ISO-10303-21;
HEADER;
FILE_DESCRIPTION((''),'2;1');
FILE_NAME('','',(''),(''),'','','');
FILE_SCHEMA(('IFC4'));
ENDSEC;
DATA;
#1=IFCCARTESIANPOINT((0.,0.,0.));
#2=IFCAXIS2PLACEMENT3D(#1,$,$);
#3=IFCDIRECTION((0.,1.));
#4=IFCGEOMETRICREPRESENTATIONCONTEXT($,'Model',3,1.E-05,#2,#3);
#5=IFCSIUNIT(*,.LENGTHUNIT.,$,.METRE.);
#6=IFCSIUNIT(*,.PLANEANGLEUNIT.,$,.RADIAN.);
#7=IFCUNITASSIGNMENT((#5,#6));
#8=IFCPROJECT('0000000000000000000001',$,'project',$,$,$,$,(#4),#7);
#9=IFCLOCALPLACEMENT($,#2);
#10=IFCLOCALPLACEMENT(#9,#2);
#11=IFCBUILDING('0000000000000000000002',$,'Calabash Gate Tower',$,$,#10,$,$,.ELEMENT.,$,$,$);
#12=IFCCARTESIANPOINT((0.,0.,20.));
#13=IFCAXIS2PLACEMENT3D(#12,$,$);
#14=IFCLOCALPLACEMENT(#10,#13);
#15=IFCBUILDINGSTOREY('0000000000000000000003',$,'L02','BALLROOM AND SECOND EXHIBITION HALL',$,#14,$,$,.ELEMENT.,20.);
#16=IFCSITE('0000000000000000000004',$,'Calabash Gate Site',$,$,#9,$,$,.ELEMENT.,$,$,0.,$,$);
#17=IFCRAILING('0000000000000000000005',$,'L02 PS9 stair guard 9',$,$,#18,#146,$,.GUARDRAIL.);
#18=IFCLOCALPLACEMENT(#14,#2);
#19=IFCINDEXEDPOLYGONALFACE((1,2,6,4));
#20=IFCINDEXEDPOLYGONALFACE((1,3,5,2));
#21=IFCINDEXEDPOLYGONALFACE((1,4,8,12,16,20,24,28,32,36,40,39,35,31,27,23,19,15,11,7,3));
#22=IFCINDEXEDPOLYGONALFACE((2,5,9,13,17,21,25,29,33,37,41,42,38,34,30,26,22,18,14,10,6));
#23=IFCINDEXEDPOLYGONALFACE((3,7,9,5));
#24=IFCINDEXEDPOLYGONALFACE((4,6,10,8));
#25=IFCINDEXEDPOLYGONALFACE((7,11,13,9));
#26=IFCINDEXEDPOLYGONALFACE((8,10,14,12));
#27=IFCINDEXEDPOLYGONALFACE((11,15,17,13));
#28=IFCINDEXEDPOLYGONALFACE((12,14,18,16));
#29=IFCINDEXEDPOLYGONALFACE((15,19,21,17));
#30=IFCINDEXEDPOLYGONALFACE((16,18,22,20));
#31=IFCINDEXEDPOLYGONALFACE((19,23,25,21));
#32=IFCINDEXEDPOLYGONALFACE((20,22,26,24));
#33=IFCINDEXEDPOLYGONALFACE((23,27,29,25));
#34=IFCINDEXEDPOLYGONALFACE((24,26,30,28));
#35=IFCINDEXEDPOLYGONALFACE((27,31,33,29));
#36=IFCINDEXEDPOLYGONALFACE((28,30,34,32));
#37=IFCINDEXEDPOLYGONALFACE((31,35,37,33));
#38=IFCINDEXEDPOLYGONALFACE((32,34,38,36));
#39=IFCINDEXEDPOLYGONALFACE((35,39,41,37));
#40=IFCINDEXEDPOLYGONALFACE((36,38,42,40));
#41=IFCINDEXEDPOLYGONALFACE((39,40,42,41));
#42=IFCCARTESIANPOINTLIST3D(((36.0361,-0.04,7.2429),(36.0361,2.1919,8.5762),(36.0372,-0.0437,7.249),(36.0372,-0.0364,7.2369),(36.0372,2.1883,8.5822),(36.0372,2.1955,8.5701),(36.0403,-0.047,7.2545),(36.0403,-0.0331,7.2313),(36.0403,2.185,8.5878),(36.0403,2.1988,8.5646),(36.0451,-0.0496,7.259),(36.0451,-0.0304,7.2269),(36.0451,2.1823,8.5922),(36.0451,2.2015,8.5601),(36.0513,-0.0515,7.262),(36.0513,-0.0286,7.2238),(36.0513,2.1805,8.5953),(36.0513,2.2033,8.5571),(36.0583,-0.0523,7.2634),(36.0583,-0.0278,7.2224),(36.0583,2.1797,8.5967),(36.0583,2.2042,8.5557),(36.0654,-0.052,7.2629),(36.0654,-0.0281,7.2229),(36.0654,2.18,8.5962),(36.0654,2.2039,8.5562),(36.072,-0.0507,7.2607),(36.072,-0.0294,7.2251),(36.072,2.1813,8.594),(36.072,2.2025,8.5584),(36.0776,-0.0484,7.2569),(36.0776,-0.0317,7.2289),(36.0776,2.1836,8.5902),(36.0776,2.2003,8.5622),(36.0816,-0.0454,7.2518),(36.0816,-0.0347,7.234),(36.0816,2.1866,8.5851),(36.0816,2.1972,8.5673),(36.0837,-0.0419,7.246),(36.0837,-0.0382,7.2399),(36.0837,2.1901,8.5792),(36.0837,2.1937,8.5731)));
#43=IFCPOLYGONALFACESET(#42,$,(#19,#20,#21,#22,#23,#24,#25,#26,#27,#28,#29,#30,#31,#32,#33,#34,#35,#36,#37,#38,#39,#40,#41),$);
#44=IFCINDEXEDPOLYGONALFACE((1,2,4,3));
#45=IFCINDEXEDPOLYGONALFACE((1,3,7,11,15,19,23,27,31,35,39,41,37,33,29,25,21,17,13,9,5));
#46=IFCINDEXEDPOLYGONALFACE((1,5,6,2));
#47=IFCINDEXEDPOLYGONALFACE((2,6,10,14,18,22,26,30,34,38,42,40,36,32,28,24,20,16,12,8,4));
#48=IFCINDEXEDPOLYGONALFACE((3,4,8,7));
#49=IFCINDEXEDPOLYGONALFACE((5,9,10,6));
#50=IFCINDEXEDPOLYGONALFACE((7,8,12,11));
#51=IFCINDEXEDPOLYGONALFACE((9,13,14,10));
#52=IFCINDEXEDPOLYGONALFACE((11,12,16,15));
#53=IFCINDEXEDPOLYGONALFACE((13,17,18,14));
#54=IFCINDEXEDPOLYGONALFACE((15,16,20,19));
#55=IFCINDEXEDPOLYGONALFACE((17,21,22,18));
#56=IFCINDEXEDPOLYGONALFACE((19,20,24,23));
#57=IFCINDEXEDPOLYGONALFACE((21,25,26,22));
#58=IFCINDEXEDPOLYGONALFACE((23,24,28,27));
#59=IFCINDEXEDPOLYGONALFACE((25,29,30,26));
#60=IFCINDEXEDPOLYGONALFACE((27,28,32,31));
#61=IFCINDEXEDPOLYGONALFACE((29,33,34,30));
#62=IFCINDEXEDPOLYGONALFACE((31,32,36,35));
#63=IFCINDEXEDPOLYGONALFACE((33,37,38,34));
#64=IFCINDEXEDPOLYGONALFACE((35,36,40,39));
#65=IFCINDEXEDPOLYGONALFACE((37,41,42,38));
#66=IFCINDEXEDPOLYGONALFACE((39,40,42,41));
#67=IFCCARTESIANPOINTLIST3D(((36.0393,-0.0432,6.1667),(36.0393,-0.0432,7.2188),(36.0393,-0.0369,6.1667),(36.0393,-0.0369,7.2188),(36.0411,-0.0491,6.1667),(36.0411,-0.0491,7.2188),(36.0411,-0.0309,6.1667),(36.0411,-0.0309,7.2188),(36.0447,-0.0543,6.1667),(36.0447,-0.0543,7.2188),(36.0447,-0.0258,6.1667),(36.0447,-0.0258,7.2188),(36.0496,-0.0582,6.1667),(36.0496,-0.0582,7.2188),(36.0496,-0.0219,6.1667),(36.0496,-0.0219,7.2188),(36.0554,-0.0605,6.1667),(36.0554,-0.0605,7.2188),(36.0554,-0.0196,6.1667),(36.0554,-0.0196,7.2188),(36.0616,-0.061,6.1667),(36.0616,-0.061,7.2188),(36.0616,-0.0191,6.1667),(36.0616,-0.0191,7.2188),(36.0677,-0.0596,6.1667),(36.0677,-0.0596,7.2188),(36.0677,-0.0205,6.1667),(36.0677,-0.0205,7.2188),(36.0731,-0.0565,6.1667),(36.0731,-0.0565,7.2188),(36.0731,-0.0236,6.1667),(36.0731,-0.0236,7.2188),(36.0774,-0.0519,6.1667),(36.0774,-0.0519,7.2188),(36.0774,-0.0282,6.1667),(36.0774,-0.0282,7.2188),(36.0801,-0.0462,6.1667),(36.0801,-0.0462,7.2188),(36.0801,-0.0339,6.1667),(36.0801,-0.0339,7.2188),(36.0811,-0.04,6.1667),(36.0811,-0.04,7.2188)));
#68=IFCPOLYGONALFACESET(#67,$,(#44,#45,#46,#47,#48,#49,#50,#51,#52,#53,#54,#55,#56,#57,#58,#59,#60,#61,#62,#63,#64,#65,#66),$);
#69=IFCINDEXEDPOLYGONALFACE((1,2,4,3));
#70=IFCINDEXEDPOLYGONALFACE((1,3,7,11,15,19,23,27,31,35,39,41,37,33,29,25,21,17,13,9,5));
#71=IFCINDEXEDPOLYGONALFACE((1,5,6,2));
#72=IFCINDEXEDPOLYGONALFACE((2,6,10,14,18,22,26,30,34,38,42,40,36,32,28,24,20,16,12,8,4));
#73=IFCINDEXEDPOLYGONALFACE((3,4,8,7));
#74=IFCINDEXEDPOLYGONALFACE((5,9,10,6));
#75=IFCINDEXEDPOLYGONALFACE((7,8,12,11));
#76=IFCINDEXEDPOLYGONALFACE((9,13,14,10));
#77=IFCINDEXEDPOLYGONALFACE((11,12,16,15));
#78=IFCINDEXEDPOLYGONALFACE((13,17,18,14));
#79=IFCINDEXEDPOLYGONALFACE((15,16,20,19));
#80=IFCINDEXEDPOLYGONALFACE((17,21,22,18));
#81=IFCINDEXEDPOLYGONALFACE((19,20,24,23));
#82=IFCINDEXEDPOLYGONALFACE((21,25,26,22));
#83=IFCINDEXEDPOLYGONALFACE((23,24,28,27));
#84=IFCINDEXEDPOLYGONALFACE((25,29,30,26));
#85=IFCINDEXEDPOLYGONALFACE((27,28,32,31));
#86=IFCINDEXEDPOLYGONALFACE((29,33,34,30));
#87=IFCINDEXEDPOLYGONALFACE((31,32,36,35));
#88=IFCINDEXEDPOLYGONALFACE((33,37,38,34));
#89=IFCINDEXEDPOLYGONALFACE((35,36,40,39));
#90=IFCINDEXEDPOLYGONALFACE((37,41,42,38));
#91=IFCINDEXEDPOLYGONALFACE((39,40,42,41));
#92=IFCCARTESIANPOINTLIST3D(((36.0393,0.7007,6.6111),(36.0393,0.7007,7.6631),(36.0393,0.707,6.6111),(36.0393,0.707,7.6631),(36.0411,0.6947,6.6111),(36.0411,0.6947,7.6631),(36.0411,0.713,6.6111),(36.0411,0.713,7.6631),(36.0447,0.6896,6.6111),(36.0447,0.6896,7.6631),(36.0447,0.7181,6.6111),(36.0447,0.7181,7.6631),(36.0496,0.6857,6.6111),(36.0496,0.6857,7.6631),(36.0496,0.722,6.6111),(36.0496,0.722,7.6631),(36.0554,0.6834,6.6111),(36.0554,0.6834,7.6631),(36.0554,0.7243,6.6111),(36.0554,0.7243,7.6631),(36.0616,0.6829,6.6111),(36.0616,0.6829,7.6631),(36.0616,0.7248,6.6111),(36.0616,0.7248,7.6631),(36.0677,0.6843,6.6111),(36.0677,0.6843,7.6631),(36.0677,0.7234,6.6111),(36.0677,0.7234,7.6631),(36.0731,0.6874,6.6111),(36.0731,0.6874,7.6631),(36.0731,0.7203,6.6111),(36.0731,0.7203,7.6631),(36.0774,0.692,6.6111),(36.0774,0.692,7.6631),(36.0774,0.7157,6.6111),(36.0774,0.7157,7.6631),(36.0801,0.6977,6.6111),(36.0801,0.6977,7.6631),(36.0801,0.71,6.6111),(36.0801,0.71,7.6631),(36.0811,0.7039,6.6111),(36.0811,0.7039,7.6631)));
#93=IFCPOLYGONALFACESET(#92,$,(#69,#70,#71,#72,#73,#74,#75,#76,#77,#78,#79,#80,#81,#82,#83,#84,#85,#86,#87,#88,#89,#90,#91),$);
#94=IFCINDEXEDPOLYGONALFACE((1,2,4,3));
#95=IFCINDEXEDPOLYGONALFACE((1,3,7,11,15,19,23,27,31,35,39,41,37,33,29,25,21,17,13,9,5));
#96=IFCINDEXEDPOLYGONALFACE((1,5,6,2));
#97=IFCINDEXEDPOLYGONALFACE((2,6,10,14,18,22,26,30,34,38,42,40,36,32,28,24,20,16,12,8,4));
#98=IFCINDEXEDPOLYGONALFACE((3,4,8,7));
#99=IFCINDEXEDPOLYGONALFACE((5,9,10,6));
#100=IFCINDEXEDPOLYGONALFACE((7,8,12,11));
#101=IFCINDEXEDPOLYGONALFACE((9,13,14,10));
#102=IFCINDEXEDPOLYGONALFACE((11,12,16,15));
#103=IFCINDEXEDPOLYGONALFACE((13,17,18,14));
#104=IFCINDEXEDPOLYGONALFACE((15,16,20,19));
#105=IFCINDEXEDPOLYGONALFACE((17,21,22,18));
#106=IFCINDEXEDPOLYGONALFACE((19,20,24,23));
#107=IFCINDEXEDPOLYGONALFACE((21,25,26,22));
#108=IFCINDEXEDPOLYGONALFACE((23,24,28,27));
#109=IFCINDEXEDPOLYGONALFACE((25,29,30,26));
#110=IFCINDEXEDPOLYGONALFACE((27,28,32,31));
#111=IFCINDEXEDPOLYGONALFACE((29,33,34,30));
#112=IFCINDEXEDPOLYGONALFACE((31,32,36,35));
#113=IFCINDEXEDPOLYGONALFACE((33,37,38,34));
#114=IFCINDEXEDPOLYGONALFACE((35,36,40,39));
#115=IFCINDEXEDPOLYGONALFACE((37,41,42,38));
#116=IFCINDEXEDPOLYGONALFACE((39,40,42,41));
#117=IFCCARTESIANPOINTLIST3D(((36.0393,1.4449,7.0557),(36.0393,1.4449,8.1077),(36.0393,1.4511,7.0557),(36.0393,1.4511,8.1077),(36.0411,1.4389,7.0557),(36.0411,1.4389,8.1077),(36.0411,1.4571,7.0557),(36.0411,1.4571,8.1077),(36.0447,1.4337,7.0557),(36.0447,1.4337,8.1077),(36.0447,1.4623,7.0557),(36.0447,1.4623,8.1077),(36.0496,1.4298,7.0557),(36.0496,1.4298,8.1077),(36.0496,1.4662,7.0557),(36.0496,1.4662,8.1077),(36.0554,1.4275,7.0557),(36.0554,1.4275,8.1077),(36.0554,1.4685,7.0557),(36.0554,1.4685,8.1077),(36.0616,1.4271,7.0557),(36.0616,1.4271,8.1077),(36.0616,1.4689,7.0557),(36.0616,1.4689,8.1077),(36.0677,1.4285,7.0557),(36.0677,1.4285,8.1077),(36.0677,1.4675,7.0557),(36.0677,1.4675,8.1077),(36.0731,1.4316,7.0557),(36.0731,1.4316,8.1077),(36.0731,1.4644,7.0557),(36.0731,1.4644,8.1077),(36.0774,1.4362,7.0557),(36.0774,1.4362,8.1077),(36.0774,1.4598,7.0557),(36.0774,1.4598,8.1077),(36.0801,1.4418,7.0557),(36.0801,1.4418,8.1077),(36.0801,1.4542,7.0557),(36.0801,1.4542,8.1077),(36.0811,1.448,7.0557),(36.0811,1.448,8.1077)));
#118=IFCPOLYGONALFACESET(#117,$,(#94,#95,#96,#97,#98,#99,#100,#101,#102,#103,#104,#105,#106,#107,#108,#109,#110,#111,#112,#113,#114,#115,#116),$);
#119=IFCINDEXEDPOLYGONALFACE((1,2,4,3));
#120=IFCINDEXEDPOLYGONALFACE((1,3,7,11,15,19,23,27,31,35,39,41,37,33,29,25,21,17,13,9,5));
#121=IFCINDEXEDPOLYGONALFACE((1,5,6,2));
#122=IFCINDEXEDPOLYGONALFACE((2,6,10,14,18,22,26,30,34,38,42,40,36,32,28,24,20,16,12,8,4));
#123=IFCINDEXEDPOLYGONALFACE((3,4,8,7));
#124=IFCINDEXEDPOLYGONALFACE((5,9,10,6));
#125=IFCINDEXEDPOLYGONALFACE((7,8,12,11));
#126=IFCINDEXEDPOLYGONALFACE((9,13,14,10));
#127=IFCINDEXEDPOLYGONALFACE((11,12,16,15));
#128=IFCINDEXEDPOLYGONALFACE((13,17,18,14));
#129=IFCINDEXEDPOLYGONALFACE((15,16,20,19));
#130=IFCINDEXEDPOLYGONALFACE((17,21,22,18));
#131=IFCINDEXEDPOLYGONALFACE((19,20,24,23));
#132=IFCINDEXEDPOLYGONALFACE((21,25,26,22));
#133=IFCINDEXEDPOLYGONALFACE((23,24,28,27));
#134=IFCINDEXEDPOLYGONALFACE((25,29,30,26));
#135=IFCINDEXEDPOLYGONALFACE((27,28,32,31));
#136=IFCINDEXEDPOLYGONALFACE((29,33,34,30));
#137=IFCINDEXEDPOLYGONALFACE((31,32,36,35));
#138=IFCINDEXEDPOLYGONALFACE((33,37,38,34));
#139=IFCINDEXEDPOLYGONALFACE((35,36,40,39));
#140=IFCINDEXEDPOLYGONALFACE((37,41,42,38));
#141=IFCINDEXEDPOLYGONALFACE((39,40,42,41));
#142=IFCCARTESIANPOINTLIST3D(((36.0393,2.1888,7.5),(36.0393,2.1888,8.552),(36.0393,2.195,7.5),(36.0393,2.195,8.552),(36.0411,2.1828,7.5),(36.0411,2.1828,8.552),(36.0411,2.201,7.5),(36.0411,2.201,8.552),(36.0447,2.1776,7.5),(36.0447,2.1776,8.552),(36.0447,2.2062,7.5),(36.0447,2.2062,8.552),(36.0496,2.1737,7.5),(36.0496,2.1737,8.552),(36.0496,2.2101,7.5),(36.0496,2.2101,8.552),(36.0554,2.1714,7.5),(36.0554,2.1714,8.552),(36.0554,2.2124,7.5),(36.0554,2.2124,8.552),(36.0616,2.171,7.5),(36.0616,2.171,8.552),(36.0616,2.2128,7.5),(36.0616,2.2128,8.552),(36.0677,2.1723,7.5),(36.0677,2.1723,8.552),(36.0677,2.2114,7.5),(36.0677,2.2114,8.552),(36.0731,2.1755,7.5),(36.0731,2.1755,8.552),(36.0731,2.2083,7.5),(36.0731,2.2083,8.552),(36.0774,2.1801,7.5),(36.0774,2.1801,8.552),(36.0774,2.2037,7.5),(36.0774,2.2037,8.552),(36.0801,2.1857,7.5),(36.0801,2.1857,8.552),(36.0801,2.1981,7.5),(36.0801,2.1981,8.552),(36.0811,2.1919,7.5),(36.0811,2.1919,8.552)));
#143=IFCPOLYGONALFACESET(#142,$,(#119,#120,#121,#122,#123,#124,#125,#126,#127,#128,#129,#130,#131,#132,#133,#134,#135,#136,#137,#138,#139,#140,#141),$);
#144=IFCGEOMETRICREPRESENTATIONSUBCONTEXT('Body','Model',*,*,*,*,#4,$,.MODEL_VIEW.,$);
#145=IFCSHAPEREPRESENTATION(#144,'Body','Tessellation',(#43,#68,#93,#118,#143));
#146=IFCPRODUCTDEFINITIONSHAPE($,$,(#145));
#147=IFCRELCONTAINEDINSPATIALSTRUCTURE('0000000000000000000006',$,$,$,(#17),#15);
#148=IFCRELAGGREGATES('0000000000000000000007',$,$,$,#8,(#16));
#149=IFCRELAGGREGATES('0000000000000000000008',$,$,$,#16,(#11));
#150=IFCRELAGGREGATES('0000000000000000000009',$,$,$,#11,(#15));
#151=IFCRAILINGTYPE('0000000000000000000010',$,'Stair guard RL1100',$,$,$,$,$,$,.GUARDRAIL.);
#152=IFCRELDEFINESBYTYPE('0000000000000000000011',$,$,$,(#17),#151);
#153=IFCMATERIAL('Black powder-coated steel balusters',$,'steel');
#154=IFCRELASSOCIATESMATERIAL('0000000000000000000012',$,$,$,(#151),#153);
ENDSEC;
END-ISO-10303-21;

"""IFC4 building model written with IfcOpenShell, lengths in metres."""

from ifc_helpers import new_model, si_unit, direction, frame, origin, origin_2d, place, context, subcontext, project, spatial, circle, extrude, material, type_object, element, save


model = new_model("IFC4")

# Units and contexts
model_context = context("Model", 3, precision=1e-05, world=origin(), true_north=direction((0.0, 1.0)))
body_context = subcontext(model_context, "Body", "Model", "MODEL_VIEW")
ifc_project = project(units=[si_unit("LENGTHUNIT", "METRE"), si_unit("PLANEANGLEUNIT", "RADIAN")], contexts=[model_context])

# Site, building, storey
site_placement = place(None, origin())
site = spatial("IfcSite", under=ifc_project, at=site_placement, Name="Calabash Gate Site", CompositionType="ELEMENT", RefElevation=0.0)
building_placement = place(site_placement, origin())
building = spatial("IfcBuilding", under=site, at=building_placement, Name="Calabash Gate Tower", CompositionType="ELEMENT")
storey_placement = place(building_placement, frame((0.0, 0.0, 20.0)))
storey = spatial("IfcBuildingStorey", under=building, at=storey_placement, Name="L02", Description="BALLROOM AND SECOND EXHIBITION HALL", CompositionType="ELEMENT", Elevation=20.0)

# Railing
ifc_material_1 = material(Name="Black powder-coated steel balusters", Category="steel")
railing_type_1 = type_object("IfcRailingType", Name="Stair guard RL1100", PredefinedType="GUARDRAIL", material=ifc_material_1)
railing_1_placement = place(storey_placement, frame((36.0601, -0.04, 6.1667)))
element("IfcRailing", 1, at=railing_1_placement, inside=storey, type_object=railing_type_1, Name="L02 PS9 stair guard 9", PredefinedType="GUARDRAIL", context=body_context, shape_type="SweptSolid", body=[
    extrude(circle(Radius=0.0239, at=origin_2d()), frame((0.0, 0.0, 1.0762), z_axis=(0.0, 0.858494, 0.512824), x_axis=(-1.0, 0.0, 0.0)), (0.0, 0.0, 1.0), 2.5999),
    extrude(circle(Radius=0.021, at=origin_2d()), origin(), (0.0, 0.0, 1.0), 1.052),
    extrude(circle(Radius=0.021, at=origin_2d()), frame((0.0, 0.7439, 0.4443)), (0.0, 0.0, 1.0), 1.052),
    extrude(circle(Radius=0.021, at=origin_2d()), frame((0.0, 1.488, 0.8889)), (0.0, 0.0, 1.0), 1.052),
    extrude(circle(Radius=0.021, at=origin_2d()), frame((0.0, 2.2319, 1.3333)), (0.0, 0.0, 1.0), 1.052),
])

save(model, "model.ifc")
